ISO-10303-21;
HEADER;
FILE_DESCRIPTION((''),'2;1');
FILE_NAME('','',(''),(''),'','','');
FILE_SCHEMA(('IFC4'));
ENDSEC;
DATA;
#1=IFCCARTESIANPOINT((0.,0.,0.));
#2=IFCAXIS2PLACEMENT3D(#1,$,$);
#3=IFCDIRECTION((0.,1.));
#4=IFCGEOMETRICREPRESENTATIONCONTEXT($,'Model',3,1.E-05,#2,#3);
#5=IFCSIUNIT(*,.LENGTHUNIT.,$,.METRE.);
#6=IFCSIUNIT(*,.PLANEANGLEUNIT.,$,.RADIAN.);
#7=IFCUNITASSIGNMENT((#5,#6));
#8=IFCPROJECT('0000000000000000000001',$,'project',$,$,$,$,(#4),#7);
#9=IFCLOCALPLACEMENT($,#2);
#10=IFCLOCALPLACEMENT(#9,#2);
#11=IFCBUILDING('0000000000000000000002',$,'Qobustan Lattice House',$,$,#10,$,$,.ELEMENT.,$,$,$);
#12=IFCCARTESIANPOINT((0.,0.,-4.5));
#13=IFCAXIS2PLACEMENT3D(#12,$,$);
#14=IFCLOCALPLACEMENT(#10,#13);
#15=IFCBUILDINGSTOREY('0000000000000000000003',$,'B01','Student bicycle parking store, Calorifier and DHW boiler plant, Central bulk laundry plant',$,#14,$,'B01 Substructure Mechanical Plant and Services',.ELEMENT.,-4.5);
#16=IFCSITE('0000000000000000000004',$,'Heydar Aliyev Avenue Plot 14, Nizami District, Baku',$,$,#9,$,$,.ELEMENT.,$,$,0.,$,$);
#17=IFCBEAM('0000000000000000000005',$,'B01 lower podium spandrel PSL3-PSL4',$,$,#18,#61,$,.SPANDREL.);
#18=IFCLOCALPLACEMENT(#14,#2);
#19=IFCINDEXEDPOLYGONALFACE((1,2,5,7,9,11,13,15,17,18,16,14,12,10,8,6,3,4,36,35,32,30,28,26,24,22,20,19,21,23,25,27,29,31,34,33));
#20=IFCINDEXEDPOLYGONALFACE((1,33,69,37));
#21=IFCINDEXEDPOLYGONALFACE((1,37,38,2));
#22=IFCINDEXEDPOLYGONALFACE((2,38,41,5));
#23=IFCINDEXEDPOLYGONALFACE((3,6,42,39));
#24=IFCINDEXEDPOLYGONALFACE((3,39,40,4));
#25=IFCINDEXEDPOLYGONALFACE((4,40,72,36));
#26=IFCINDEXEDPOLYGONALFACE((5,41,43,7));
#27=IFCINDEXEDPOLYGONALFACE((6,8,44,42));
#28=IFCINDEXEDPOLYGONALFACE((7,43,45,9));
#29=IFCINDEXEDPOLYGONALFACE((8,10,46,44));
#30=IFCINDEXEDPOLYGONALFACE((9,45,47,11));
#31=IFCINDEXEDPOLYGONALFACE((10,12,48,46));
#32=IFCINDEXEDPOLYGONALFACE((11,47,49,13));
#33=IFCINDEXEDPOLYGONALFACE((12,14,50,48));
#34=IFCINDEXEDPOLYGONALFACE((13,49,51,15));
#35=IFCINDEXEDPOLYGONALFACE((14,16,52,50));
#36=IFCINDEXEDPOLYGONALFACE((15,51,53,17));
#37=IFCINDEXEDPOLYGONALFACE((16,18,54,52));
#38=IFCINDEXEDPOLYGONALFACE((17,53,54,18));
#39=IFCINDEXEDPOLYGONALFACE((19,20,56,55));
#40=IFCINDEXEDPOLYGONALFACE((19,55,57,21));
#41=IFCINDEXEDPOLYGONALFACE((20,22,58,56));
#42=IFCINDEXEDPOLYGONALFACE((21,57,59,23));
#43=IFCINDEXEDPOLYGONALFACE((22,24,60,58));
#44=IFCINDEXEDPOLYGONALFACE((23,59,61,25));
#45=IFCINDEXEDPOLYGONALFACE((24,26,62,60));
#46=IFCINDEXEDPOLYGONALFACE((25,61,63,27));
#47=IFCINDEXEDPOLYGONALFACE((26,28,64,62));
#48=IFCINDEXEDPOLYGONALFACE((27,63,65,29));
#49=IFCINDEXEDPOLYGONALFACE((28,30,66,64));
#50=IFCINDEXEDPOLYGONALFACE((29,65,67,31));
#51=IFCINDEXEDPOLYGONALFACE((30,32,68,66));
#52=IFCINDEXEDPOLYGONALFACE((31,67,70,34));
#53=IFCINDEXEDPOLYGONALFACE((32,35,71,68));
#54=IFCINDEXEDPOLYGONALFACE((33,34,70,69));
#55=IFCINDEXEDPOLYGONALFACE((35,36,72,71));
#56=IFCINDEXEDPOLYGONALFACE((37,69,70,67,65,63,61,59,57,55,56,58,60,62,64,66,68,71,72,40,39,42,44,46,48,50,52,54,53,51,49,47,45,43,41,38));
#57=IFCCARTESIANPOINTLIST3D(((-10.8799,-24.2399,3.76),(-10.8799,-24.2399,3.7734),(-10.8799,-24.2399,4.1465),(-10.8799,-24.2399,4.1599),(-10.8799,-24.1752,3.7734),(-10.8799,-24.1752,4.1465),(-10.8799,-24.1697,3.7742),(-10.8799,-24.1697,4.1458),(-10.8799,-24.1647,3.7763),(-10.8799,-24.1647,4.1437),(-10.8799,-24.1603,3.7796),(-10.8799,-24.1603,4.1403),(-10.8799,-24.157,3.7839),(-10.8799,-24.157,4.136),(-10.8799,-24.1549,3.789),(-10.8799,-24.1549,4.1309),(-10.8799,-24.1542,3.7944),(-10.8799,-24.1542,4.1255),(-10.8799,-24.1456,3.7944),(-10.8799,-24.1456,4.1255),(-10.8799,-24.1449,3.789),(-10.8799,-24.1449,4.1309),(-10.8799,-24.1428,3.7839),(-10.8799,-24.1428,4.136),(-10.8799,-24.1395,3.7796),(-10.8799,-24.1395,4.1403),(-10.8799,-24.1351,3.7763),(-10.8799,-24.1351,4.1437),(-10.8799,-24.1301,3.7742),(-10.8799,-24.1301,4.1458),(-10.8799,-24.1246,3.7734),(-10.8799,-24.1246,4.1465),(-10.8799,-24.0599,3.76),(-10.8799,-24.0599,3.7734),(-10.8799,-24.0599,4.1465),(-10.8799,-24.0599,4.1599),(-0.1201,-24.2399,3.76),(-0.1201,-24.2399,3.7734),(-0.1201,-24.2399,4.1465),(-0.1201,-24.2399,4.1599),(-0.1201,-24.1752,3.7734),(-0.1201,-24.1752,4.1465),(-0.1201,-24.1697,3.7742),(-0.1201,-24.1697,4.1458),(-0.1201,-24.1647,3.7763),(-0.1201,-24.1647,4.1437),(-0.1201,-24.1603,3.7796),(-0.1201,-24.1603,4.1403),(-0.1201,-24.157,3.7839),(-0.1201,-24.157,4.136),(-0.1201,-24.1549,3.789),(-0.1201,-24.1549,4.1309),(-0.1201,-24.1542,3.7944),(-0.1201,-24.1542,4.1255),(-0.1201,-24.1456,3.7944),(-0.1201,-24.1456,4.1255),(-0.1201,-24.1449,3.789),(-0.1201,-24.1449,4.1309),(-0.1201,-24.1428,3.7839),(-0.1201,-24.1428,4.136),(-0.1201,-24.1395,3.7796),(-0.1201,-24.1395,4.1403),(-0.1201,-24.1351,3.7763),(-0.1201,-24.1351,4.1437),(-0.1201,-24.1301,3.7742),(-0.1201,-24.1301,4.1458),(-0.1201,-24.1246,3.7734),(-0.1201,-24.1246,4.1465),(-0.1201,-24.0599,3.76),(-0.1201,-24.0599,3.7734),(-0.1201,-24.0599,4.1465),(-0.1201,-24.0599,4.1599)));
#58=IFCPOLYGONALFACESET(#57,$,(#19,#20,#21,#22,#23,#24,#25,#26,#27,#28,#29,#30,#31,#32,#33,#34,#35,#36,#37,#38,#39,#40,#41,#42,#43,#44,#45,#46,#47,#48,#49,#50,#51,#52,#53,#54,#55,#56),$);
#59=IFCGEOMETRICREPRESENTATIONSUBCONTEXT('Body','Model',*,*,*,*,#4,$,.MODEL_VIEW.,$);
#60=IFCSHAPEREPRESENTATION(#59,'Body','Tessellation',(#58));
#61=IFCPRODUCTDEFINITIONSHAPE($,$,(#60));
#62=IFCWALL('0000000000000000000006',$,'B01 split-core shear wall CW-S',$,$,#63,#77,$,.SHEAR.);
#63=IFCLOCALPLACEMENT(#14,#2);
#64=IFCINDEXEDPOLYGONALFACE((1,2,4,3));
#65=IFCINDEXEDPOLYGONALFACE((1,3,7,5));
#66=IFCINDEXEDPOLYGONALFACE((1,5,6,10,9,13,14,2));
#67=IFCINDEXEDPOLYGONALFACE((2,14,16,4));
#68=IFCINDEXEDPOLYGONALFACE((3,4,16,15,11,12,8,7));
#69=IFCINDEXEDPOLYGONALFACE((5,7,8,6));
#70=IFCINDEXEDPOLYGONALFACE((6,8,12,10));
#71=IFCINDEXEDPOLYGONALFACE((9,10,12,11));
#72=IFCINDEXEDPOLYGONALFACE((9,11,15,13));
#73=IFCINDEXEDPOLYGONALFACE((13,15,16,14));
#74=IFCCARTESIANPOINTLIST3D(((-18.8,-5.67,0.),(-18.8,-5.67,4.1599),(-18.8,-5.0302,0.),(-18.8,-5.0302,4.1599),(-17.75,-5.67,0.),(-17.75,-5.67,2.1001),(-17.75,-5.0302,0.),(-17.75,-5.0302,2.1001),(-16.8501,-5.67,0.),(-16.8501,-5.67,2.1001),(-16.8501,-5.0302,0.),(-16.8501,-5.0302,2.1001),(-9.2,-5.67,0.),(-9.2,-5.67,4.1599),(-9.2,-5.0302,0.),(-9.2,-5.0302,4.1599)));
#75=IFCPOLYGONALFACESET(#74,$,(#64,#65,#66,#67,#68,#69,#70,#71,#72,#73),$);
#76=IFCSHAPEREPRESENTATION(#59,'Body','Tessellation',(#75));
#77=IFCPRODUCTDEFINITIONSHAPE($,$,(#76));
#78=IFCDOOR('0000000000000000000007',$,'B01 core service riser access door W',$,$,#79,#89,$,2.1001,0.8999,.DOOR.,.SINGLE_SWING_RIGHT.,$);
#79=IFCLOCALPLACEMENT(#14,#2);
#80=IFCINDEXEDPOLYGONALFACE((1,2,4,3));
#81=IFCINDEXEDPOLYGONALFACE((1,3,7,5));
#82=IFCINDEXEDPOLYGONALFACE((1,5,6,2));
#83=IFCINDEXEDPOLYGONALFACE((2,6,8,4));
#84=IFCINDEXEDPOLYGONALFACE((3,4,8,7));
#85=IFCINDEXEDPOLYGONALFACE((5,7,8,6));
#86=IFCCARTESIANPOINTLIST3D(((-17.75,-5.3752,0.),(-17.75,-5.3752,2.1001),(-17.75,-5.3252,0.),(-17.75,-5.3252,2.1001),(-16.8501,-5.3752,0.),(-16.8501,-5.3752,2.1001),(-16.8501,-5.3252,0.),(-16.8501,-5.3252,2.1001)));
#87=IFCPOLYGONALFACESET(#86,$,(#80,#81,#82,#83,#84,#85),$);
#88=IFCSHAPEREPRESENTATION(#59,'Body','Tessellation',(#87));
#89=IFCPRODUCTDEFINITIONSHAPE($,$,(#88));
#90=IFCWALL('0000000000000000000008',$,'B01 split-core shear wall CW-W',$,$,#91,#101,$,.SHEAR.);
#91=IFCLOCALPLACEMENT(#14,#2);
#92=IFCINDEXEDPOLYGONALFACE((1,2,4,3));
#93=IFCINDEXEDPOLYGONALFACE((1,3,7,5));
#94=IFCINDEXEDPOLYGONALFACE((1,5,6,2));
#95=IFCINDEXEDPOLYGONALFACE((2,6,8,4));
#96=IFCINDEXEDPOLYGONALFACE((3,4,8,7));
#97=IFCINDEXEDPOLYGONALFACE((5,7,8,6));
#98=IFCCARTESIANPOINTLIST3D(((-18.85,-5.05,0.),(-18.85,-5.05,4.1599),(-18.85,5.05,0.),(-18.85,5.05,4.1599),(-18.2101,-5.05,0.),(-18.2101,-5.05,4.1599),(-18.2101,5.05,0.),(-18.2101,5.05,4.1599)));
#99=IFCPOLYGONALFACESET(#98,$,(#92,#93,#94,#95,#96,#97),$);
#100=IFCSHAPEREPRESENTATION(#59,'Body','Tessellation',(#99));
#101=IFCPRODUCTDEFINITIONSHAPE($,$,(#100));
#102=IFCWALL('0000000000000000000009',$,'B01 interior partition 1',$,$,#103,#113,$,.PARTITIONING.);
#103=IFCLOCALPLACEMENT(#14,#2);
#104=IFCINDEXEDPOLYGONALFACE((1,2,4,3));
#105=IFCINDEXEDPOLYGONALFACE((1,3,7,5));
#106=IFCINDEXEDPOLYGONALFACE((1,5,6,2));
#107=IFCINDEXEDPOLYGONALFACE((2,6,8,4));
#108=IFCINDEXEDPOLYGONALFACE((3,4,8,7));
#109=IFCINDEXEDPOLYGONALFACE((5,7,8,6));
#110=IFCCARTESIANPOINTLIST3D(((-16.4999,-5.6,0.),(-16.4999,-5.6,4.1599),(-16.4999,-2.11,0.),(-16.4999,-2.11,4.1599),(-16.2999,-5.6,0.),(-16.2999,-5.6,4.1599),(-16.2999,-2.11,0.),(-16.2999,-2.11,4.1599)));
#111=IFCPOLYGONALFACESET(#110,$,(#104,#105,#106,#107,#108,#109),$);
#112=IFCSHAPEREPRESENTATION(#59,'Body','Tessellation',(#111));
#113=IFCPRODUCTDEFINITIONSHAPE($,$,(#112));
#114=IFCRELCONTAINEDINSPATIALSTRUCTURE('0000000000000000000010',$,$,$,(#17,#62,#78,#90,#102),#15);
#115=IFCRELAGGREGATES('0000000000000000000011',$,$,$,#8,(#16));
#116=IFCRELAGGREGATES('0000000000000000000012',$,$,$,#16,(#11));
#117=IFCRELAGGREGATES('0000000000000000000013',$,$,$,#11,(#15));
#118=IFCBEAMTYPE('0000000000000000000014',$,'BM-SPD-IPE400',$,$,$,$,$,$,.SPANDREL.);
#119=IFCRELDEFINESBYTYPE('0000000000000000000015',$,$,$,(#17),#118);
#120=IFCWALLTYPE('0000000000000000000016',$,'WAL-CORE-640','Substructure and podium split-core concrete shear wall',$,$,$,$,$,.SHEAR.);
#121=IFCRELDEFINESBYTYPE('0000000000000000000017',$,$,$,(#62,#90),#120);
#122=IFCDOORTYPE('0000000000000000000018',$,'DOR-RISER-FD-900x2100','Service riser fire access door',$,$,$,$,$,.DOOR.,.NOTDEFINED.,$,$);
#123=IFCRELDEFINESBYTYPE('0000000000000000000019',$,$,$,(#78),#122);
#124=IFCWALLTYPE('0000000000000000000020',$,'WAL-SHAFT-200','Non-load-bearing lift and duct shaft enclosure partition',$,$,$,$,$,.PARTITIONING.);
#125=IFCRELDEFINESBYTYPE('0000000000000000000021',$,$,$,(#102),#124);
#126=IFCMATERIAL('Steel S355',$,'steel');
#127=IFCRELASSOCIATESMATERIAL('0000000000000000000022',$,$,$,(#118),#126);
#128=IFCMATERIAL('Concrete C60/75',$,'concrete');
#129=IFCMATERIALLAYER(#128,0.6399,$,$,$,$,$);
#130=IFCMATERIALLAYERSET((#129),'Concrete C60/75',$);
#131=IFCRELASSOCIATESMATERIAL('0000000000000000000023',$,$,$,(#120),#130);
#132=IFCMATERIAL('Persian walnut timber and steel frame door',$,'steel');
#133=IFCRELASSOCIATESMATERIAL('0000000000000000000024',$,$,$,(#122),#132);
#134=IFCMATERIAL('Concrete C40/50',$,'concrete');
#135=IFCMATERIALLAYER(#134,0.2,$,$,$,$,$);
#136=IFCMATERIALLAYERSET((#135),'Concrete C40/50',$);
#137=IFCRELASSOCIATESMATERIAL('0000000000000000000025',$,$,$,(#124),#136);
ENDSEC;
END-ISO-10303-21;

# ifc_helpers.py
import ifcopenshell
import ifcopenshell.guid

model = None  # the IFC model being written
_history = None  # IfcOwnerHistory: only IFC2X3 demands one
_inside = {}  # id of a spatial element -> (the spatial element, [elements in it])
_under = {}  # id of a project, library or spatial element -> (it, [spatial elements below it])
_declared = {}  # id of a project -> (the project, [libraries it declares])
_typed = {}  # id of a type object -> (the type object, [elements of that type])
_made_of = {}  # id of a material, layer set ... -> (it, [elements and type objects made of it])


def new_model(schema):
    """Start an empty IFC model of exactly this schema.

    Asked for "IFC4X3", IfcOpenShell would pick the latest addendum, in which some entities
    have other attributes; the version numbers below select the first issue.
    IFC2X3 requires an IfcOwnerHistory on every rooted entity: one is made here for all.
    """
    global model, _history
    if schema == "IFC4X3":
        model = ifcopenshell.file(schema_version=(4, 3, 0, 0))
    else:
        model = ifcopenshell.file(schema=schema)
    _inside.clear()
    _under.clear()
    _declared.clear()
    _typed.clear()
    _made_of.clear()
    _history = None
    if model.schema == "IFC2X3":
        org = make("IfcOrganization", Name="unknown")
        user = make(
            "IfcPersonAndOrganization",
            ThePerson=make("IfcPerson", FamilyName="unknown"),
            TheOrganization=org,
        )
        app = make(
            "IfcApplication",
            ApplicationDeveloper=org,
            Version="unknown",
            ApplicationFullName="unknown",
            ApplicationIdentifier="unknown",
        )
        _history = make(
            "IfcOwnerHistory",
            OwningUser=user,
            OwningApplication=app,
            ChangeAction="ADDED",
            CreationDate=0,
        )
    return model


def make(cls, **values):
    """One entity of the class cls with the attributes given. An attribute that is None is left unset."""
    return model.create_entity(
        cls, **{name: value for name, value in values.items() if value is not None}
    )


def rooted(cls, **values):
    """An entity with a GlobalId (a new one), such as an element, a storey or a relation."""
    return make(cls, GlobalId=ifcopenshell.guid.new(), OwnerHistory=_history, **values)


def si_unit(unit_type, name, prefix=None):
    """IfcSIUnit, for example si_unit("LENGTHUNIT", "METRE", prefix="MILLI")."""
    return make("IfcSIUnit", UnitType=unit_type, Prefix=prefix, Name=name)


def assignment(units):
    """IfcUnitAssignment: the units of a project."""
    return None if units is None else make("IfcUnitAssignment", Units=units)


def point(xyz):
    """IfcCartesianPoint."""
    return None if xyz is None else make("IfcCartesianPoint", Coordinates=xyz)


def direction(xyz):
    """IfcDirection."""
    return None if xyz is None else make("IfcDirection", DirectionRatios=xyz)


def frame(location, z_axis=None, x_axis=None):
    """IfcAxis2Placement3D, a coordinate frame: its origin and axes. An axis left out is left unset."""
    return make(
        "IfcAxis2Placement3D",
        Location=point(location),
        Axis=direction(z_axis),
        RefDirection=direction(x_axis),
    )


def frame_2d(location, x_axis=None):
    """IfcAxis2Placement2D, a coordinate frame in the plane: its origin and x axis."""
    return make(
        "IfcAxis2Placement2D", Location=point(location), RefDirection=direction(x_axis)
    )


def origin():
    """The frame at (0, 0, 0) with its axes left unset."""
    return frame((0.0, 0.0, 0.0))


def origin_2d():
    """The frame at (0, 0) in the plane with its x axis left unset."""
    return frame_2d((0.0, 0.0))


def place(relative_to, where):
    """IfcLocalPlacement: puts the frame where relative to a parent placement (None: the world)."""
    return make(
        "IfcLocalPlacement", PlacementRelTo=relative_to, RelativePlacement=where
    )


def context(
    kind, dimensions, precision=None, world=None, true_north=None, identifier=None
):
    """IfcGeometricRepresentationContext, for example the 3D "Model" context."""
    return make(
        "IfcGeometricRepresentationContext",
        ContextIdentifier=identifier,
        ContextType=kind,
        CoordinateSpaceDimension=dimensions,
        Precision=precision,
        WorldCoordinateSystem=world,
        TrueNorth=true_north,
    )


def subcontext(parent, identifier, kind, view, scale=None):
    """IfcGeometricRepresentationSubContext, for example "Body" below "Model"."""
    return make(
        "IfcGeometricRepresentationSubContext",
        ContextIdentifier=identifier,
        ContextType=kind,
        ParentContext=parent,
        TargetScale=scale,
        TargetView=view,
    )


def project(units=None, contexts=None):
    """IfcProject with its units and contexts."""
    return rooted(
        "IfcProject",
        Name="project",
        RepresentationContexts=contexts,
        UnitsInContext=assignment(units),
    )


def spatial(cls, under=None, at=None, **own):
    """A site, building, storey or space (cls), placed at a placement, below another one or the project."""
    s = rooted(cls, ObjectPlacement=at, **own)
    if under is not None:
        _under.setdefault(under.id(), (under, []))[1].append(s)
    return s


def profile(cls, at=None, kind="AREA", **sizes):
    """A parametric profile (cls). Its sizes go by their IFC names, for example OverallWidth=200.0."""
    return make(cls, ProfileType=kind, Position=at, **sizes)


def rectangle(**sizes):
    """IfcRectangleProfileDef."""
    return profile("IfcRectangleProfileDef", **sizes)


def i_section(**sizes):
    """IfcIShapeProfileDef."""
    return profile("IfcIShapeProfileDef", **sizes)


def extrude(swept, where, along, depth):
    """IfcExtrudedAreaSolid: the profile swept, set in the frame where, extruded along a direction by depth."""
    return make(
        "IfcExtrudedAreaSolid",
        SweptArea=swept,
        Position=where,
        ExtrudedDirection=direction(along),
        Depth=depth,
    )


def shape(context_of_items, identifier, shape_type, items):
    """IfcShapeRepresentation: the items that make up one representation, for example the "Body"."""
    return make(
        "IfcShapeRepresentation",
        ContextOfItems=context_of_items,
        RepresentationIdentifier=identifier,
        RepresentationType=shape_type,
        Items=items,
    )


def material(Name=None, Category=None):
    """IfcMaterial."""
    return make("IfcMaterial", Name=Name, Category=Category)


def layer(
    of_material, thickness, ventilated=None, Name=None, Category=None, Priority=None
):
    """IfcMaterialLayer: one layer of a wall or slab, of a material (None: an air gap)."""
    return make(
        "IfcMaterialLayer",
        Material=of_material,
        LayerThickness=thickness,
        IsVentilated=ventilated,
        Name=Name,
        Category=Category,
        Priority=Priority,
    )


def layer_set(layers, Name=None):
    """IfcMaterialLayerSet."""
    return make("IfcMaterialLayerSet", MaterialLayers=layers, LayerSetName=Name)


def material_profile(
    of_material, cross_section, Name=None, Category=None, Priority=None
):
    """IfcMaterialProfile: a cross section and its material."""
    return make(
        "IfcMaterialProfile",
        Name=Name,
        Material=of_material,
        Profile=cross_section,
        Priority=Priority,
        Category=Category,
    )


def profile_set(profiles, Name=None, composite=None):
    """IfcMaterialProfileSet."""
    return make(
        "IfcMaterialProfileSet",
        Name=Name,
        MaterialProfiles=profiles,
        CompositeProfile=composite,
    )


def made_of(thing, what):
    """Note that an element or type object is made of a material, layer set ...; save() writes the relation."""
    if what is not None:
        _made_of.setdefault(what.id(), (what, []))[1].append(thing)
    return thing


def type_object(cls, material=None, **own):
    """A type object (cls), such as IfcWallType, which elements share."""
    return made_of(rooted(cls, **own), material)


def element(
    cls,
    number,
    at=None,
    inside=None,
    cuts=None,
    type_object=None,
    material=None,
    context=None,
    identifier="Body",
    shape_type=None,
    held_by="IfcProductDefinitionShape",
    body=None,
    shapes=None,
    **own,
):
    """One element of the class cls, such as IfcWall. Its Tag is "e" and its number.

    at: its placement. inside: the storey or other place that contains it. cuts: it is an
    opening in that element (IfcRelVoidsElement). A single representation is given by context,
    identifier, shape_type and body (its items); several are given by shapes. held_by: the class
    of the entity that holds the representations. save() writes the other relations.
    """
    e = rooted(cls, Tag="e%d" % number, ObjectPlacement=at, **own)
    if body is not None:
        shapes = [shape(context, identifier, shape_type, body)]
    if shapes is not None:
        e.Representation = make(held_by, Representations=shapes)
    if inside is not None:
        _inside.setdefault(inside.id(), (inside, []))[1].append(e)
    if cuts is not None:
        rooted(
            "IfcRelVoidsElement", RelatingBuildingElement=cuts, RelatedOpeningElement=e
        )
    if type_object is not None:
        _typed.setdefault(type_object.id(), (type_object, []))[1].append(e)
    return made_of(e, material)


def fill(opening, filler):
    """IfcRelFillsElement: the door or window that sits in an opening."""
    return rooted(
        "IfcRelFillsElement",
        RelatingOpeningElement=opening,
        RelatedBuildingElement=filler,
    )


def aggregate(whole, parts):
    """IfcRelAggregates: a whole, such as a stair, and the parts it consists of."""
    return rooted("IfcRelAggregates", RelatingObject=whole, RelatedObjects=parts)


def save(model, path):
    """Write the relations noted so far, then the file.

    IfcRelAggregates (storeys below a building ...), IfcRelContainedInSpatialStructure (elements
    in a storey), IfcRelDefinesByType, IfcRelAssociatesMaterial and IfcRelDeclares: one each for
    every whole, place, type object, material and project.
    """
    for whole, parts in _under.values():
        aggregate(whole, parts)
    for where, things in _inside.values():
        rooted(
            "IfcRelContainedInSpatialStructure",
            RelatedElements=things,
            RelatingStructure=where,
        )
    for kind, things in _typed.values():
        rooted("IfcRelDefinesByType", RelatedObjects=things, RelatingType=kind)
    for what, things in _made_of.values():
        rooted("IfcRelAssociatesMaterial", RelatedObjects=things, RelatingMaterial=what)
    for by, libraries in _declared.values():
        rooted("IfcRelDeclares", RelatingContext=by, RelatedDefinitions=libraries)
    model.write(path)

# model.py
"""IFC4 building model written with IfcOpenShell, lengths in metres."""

from ifc_helpers import new_model, si_unit, direction, frame, frame_2d, origin, origin_2d, place, context, subcontext, project, spatial, rectangle, i_section, extrude, material, layer, layer_set, material_profile, profile_set, type_object, element, fill, save


model = new_model("IFC4")

# Units and contexts
model_context = context("Model", 3, precision=1e-05, world=origin(), true_north=direction((0.0, 1.0)))
body_context = subcontext(model_context, "Body", "Model", "MODEL_VIEW")
ifc_project = project(units=[si_unit("LENGTHUNIT", "METRE"), si_unit("PLANEANGLEUNIT", "RADIAN")], contexts=[model_context])

# Site, building, storey
site_placement = place(None, origin())
site = spatial("IfcSite", under=ifc_project, at=site_placement, Name="Heydar Aliyev Avenue Plot 14, Nizami District, Baku", CompositionType="ELEMENT", RefElevation=0.0)
building_placement = place(site_placement, origin())
building = spatial("IfcBuilding", under=site, at=building_placement, Name="Qobustan Lattice House", CompositionType="ELEMENT")
storey_placement = place(building_placement, frame((0.0, 0.0, -4.5)))
storey = spatial("IfcBuildingStorey", under=building, at=storey_placement, Name="B01", Description="Student bicycle parking store, Calorifier and DHW boiler plant, Central bulk laundry plant", LongName="B01 Substructure Mechanical Plant and Services", CompositionType="ELEMENT", Elevation=-4.5)

# Beam
ifc_material_1 = material(Name="Steel S355", Category="steel")
ifc_material_profile_1 = material_profile(ifc_material_1, i_section(OverallWidth=0.1799, OverallDepth=0.3999, WebThickness=0.0085, FlangeThickness=0.0134, FilletRadius=0.021, at=origin_2d()), Name="IPE400")
ifc_profile_set_1 = profile_set([ifc_material_profile_1], Name="Steel S355")
beam_type_1 = type_object("IfcBeamType", Name="BM-SPD-IPE400", PredefinedType="SPANDREL", material=ifc_profile_set_1)
for number, where, z_axis, x_axis, name in (
    (1, (-10.8799, -24.1499, 3.96), (1.0, 0.0, 0.0), (0.0, 1.0, 0.0), "B01 lower podium spandrel PSL3-PSL4"),
):
    element("IfcBeam", number, at=place(storey_placement, frame(where, z_axis=z_axis, x_axis=x_axis)), inside=storey, type_object=beam_type_1, Name=name, PredefinedType="SPANDREL", context=body_context, shape_type="SweptSolid", body=[
        extrude(i_section(OverallWidth=0.1799, OverallDepth=0.3999, WebThickness=0.0085, FlangeThickness=0.0134, FilletRadius=0.021, at=origin_2d()), origin(), (0.0, 0.0, 1.0), 10.7598),
    ])

# Wall, opening, door
ifc_material_2 = material(Name="Concrete C60/75", Category="concrete")
ifc_layer_1 = layer(ifc_material_2, 0.6399)
ifc_layer_set_1 = layer_set([ifc_layer_1], Name="Concrete C60/75")
wall_type_1 = type_object("IfcWallType", Name="WAL-CORE-640", Description="Substructure and podium split-core concrete shear wall", PredefinedType="SHEAR", material=ifc_layer_set_1)
wall_1_placement = place(storey_placement, frame((-18.8, -5.3501, 0.0), z_axis=(0.0, 0.0, 1.0), x_axis=(1.0, 0.0, 0.0)))
wall_1 = element("IfcWall", 2, at=wall_1_placement, inside=storey, type_object=wall_type_1, Name="B01 split-core shear wall CW-S", PredefinedType="SHEAR", context=body_context, shape_type="SweptSolid", body=[
    extrude(rectangle(XDim=9.6001, YDim=0.6399, at=frame_2d((4.8, 0.0))), origin(), (0.0, 0.0, 1.0), 4.1599),
])
opening_placement = place(wall_1_placement, frame((1.05, 0.0, 0.0)))
opening = element("IfcOpeningElement", 3, at=opening_placement, cuts=wall_1, PredefinedType="OPENING", context=body_context, shape_type="SweptSolid", body=[
    extrude(rectangle(XDim=0.8999, YDim=2.1001, at=frame_2d((0.45, 1.05))), frame((0.0, 0.3298, 0.0), z_axis=(0.0, -1.0, 0.0), x_axis=(1.0, 0.0, 0.0)), (0.0, 0.0, 1.0), 0.6599),
])
ifc_material_3 = material(Name="Persian walnut timber and steel frame door", Category="steel")
door_type = type_object("IfcDoorType", Name="DOR-RISER-FD-900x2100", Description="Service riser fire access door", OperationType="NOTDEFINED", PredefinedType="DOOR", material=ifc_material_3)
door_placement = place(opening_placement, origin())
door = element("IfcDoor", 4, at=door_placement, inside=storey, type_object=door_type, Name="B01 core service riser access door W", OperationType="SINGLE_SWING_RIGHT", OverallHeight=2.1001, OverallWidth=0.8999, PredefinedType="DOOR", context=body_context, shape_type="SweptSolid", body=[
    extrude(rectangle(XDim=0.8999, YDim=2.1001, at=frame_2d((0.45, 1.05))), frame((0.0, 0.0249, 0.0), z_axis=(0.0, -1.0, 0.0), x_axis=(1.0, 0.0, 0.0)), (0.0, 0.0, 1.0), 0.05),
])
fill(opening, door)

# Walls
wall_2_placement = place(storey_placement, frame((-18.53, -5.05, 0.0), z_axis=(0.0, 0.0, 1.0), x_axis=(0.0, 1.0, 0.0)))
element("IfcWall", 5, at=wall_2_placement, inside=storey, type_object=wall_type_1, Name="B01 split-core shear wall CW-W", PredefinedType="SHEAR", context=body_context, shape_type="SweptSolid", body=[
    extrude(rectangle(XDim=10.1001, YDim=0.6399, at=frame_2d((5.05, 0.0))), origin(), (0.0, 0.0, 1.0), 4.1599),
])
ifc_material_4 = material(Name="Concrete C40/50", Category="concrete")
ifc_layer_2 = layer(ifc_material_4, 0.2)
ifc_layer_set_2 = layer_set([ifc_layer_2], Name="Concrete C40/50")
wall_type_2 = type_object("IfcWallType", Name="WAL-SHAFT-200", Description="Non-load-bearing lift and duct shaft enclosure partition", PredefinedType="PARTITIONING", material=ifc_layer_set_2)
wall_3_placement = place(storey_placement, frame((-16.3999, -5.6001, 0.0), z_axis=(0.0, 0.0, 1.0), x_axis=(0.0, 1.0, 0.0)))
element("IfcWall", 6, at=wall_3_placement, inside=storey, type_object=wall_type_2, Name="B01 interior partition 1", PredefinedType="PARTITIONING", context=body_context, shape_type="SweptSolid", body=[
    extrude(rectangle(XDim=3.49, YDim=0.2, at=frame_2d((1.7451, 0.0))), origin(), (0.0, 0.0, 1.0), 4.1599),
])

save(model, "model.ifc")
